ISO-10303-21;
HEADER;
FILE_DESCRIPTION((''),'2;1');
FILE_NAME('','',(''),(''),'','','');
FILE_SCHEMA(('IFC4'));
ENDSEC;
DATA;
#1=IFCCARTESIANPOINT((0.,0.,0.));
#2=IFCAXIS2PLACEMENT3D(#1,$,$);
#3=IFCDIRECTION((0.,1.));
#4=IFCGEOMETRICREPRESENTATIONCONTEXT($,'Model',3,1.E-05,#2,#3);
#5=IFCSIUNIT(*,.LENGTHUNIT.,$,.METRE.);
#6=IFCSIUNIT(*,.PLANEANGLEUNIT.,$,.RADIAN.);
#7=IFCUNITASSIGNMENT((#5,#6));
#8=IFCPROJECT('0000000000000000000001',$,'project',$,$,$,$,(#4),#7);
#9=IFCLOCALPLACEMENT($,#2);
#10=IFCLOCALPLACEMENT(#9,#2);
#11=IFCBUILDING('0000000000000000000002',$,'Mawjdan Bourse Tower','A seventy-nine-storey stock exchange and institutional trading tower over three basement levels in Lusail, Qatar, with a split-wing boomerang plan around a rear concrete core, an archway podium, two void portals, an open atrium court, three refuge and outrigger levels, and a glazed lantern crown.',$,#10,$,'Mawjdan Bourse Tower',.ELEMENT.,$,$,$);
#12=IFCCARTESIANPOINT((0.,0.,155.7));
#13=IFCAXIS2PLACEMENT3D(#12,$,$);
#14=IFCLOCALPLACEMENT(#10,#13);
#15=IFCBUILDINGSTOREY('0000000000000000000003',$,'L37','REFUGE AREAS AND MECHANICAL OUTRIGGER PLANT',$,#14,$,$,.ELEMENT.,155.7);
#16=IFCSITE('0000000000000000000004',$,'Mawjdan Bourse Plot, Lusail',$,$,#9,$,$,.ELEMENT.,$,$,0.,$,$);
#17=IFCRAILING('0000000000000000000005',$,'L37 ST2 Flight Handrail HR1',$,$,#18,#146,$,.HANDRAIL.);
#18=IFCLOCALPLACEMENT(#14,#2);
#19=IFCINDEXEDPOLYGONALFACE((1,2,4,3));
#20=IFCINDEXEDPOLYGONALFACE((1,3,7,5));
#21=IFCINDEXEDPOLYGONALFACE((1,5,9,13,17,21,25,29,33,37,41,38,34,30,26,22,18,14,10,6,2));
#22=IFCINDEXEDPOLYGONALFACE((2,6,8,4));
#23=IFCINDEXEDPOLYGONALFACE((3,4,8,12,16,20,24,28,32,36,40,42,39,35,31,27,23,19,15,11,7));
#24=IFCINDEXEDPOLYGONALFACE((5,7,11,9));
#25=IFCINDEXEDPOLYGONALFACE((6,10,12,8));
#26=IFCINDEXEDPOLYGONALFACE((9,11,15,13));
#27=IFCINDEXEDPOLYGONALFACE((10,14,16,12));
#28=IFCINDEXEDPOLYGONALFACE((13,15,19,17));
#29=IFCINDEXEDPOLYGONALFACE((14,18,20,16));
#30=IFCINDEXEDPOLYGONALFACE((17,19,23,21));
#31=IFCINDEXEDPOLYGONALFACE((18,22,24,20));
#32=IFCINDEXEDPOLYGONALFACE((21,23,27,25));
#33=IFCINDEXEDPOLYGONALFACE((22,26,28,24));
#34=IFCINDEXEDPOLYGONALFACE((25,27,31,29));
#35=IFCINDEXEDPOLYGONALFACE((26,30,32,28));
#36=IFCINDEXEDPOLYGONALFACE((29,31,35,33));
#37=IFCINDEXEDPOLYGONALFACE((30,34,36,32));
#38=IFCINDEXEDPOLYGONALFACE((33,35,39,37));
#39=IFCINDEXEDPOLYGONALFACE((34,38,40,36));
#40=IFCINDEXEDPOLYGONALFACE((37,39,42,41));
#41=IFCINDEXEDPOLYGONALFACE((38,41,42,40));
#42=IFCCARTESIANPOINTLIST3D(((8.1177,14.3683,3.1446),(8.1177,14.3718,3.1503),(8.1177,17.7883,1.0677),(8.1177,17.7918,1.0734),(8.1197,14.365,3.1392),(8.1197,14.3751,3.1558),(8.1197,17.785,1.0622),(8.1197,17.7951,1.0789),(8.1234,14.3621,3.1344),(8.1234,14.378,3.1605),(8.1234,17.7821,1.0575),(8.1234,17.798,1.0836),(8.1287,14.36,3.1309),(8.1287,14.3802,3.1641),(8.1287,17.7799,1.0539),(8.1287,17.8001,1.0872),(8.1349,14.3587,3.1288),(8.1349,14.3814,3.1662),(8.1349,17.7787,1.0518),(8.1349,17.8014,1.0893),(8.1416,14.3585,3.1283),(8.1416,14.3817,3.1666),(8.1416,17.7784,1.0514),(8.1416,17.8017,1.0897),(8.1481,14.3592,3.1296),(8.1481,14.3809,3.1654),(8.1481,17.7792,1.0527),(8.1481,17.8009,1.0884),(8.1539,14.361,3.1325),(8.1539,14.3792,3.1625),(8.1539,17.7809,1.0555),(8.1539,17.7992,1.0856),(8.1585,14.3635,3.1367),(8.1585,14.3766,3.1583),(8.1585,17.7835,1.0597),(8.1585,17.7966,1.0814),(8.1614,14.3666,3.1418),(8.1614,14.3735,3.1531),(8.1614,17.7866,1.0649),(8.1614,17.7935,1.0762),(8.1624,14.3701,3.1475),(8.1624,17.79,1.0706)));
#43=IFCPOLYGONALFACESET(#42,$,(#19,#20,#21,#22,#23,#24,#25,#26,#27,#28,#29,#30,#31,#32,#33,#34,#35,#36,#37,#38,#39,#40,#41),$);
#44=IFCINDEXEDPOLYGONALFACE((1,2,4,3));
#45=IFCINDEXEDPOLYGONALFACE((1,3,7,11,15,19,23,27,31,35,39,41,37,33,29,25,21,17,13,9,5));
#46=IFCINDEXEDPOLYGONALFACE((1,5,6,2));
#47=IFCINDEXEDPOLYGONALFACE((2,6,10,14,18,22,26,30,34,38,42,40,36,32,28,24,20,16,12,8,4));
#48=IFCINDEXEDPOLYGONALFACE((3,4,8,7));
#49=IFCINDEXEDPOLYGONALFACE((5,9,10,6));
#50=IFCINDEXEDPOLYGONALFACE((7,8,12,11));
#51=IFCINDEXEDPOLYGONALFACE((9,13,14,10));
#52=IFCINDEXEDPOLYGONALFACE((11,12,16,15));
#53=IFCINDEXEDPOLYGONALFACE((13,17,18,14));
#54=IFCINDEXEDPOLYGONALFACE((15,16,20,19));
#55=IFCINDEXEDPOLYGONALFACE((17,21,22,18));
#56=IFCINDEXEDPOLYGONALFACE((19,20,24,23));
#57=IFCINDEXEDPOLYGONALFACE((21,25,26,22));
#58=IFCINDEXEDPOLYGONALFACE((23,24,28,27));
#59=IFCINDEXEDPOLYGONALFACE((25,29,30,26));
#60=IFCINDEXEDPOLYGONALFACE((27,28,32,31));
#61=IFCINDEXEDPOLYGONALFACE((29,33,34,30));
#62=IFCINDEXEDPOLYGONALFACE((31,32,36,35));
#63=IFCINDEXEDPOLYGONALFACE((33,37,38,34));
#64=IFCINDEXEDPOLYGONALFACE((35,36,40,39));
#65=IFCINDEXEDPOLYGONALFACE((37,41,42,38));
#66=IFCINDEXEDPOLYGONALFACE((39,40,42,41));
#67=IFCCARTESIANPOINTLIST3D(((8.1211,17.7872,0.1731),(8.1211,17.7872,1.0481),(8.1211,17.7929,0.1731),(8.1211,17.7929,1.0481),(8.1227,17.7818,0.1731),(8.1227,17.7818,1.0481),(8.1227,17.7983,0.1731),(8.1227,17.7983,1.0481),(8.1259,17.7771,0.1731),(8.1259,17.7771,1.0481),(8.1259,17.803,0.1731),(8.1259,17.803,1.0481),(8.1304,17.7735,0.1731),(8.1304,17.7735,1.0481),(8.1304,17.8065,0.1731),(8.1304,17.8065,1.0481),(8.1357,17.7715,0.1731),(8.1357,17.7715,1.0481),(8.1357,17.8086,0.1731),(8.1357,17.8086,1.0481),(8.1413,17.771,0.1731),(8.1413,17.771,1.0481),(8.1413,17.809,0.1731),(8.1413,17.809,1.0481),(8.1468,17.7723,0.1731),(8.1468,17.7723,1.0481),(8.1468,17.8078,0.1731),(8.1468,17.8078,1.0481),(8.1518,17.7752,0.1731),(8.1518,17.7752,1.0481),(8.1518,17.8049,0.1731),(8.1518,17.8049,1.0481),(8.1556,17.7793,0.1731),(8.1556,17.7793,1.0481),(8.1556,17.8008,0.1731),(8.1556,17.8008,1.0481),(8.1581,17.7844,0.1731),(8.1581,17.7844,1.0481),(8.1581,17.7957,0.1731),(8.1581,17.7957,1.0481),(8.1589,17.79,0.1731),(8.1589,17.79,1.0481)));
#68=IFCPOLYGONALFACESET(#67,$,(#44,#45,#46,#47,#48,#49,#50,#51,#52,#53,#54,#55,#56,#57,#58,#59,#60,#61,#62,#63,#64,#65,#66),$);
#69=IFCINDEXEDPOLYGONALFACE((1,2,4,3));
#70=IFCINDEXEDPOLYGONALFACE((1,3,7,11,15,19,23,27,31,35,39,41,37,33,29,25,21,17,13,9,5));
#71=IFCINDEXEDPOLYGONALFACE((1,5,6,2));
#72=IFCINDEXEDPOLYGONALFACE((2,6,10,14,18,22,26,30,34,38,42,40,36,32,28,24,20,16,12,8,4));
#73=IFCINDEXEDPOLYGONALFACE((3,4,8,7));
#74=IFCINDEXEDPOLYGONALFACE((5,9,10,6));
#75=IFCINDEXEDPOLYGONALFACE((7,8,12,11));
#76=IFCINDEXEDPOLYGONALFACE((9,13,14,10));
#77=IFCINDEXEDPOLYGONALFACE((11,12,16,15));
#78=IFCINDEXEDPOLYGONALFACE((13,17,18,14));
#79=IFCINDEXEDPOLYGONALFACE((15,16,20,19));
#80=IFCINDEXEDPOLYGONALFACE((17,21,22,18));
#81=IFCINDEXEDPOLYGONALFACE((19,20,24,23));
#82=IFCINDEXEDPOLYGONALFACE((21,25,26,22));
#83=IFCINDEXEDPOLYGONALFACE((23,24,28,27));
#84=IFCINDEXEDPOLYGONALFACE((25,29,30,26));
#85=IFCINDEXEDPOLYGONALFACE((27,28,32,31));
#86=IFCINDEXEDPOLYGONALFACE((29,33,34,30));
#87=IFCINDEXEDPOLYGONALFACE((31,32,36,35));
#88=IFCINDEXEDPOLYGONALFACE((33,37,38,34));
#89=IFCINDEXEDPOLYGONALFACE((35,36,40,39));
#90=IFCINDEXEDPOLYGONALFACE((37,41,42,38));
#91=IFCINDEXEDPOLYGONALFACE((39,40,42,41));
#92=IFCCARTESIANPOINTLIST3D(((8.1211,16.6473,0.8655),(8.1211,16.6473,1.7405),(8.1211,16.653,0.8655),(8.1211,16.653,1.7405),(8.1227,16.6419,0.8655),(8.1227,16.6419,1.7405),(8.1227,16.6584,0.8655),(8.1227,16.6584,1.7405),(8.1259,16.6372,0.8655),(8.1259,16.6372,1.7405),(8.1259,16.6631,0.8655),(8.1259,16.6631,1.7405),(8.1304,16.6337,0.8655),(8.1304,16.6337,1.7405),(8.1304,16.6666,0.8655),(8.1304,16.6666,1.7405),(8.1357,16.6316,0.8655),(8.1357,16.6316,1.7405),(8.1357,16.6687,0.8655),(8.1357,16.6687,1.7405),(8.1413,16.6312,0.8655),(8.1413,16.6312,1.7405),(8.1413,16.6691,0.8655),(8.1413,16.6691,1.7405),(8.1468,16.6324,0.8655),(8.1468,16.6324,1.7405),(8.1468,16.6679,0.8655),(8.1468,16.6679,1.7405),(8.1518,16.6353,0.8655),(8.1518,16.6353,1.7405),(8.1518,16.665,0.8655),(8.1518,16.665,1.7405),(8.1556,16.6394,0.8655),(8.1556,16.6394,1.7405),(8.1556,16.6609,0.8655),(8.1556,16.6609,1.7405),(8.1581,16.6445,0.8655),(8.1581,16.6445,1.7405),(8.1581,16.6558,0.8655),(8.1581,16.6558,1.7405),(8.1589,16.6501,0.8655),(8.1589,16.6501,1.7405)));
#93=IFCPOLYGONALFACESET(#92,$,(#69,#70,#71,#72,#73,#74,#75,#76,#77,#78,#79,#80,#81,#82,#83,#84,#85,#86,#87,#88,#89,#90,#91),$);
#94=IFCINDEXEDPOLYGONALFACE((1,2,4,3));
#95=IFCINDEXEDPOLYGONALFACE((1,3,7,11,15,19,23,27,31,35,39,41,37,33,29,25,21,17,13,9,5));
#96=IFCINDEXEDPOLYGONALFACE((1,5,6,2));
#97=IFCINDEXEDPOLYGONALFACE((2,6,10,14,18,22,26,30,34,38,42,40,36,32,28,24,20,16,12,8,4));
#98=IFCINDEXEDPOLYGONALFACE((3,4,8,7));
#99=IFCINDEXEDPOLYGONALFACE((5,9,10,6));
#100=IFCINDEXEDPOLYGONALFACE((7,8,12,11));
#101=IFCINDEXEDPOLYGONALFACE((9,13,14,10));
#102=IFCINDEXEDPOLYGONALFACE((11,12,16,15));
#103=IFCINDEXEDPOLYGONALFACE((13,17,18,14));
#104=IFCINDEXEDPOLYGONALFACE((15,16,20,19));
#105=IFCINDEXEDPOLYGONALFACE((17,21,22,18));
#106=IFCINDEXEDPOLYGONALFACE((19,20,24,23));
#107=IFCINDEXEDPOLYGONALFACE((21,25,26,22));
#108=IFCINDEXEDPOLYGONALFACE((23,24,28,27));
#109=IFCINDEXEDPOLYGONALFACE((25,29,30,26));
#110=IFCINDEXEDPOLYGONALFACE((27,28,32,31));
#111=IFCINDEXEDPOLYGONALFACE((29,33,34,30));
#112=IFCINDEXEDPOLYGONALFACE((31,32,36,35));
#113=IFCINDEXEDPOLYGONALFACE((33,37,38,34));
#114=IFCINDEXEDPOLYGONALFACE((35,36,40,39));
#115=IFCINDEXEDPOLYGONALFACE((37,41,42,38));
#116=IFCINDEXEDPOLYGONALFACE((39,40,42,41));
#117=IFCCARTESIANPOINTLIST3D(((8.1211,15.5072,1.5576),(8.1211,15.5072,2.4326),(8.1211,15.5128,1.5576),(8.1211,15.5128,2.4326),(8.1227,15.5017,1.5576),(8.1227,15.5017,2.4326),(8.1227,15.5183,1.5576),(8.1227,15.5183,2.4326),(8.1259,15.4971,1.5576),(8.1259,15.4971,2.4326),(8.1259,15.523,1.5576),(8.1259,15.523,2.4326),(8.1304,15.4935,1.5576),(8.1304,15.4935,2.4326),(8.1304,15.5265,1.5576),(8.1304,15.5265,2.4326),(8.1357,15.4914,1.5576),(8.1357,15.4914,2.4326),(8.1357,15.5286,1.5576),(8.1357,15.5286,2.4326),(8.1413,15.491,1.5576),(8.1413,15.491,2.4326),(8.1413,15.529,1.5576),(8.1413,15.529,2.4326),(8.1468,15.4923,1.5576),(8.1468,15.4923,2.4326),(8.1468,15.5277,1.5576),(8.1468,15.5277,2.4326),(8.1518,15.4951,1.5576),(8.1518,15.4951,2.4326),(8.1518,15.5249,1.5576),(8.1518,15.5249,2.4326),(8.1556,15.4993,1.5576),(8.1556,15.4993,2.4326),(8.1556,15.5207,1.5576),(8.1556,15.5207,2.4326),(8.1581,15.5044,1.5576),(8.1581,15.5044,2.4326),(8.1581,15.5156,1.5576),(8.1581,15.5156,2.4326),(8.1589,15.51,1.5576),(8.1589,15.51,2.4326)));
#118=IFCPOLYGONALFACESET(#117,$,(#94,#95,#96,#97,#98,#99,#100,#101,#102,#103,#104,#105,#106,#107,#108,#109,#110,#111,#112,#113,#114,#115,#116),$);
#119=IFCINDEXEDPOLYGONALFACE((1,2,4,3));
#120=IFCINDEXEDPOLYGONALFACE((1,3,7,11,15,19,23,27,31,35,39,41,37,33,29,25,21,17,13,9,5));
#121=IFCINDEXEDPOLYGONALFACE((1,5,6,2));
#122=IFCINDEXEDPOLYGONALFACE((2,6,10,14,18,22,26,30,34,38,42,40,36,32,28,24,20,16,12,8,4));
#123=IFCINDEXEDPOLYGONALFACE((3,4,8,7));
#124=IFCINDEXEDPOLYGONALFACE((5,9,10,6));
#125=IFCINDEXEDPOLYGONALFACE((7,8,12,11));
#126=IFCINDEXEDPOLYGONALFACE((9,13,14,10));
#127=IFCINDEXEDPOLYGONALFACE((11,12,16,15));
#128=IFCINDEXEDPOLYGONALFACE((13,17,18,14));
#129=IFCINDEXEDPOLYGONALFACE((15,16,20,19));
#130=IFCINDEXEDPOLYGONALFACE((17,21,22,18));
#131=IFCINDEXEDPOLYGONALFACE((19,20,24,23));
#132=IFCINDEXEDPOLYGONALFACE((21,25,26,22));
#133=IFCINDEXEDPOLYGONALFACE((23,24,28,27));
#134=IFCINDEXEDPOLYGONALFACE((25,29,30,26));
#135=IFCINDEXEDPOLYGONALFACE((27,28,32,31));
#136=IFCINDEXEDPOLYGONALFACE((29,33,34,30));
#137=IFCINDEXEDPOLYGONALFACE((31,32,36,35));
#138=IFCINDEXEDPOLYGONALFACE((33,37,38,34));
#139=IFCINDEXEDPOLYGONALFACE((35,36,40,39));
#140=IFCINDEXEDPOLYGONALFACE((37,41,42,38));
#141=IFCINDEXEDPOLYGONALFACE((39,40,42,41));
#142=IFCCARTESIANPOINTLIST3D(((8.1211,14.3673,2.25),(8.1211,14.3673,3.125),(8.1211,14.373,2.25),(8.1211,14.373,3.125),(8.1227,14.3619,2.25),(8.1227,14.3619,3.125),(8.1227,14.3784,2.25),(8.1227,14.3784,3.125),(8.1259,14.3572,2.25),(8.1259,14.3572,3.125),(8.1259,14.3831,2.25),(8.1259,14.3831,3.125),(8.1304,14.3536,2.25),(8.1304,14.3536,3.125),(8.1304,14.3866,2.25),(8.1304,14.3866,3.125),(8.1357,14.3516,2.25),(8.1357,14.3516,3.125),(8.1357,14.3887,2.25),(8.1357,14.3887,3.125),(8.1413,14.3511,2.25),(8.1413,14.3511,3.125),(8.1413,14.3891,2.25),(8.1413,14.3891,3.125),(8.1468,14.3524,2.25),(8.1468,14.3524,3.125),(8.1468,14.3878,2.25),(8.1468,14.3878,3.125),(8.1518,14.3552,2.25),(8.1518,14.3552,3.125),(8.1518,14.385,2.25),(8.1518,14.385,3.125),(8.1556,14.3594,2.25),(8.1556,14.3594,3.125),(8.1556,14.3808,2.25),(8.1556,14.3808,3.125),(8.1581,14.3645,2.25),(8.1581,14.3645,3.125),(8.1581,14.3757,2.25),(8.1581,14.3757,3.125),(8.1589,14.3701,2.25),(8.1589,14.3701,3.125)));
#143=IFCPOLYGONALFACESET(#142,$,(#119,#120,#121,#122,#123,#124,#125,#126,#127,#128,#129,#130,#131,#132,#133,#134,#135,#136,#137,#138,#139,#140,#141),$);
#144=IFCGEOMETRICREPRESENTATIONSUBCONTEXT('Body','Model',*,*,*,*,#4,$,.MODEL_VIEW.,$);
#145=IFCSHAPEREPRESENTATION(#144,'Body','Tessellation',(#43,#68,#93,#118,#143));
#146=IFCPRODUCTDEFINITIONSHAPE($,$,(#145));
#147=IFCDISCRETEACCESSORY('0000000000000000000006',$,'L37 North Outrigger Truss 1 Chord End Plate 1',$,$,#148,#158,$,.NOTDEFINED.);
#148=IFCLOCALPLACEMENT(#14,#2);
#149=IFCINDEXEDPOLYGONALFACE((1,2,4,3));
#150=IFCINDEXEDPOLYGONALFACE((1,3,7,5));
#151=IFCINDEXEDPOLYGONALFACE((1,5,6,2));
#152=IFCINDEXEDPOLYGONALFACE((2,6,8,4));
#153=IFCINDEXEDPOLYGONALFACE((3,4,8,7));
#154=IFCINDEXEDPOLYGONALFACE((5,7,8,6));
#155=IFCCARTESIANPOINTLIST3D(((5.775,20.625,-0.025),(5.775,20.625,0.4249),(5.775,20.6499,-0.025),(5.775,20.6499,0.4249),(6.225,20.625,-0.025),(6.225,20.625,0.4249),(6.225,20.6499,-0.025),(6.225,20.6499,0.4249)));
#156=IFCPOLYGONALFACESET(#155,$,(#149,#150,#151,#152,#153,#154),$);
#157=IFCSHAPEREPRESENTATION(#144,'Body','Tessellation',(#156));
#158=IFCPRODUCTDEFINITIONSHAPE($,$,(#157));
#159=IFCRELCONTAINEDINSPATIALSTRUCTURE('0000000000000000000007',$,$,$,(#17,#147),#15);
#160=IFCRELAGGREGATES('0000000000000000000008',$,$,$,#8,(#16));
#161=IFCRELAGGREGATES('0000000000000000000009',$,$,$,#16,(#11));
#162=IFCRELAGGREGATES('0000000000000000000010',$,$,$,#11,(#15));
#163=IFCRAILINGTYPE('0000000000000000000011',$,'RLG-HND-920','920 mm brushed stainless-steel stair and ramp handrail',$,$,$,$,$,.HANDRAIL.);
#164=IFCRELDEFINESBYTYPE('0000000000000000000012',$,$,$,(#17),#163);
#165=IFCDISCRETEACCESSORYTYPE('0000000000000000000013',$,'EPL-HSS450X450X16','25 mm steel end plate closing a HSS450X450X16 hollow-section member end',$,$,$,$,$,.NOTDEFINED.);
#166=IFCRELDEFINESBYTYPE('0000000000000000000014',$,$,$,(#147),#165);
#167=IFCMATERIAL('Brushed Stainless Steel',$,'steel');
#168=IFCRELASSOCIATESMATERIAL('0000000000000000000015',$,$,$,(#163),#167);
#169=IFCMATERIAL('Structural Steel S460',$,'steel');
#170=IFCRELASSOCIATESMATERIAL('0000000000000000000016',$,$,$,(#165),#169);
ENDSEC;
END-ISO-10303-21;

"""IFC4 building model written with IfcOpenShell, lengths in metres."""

from ifc_helpers import new_model, si_unit, direction, frame, origin, origin_2d, place, context, subcontext, project, spatial, rectangle, circle, extrude, material, material_profile, profile_set, type_object, element, save


model = new_model("IFC4")

# Units and contexts
model_context = context("Model", 3, precision=1e-05, world=origin(), true_north=direction((0.0, 1.0)))
body_context = subcontext(model_context, "Body", "Model", "MODEL_VIEW")
ifc_project = project(units=[si_unit("LENGTHUNIT", "METRE"), si_unit("PLANEANGLEUNIT", "RADIAN")], contexts=[model_context])

# Site, building, storey
site_placement = place(None, origin())
site = spatial("IfcSite", under=ifc_project, at=site_placement, Name="Mawjdan Bourse Plot, Lusail", CompositionType="ELEMENT", RefElevation=0.0)
building_placement = place(site_placement, origin())
building = spatial("IfcBuilding", under=site, at=building_placement, Name="Mawjdan Bourse Tower", Description="A seventy-nine-storey stock exchange and institutional trading tower over three basement levels in Lusail, Qatar, with a split-wing boomerang plan around a rear concrete core, an archway podium, two void portals, an open atrium court, three refuge and outrigger levels, and a glazed lantern crown.", LongName="Mawjdan Bourse Tower", CompositionType="ELEMENT")
storey_placement = place(building_placement, frame((0.0, 0.0, 155.7)))
storey = spatial("IfcBuildingStorey", under=building, at=storey_placement, Name="L37", Description="REFUGE AREAS AND MECHANICAL OUTRIGGER PLANT", CompositionType="ELEMENT", Elevation=155.7)

# Shared definitions
ifc_material_1 = material(Name="Structural Steel S460", Category="steel")

# Railing
ifc_material_2 = material(Name="Brushed Stainless Steel", Category="steel")
railing_type_1 = type_object("IfcRailingType", Name="RLG-HND-920", Description="920 mm brushed stainless-steel stair and ramp handrail", PredefinedType="HANDRAIL", material=ifc_material_2)
railing_1_placement = place(storey_placement, frame((8.1399, 17.79, 0.1731)))
element("IfcRailing", 1, at=railing_1_placement, inside=storey, type_object=railing_type_1, Name="L37 ST2 Flight Handrail HR1", PredefinedType="HANDRAIL", context=body_context, shape_type="SweptSolid", body=[
    extrude(circle(Radius=0.0225, at=origin_2d()), frame((0.0, 0.0, 0.8975), z_axis=(0.0, -0.85473, 0.519074), x_axis=(1.0, 0.0, 0.0)), (0.0, 0.0, 1.0), 4.0012),
    extrude(circle(Radius=0.019, at=origin_2d()), origin(), (0.0, 0.0, 1.0), 0.875),
    extrude(circle(Radius=0.019, at=origin_2d()), frame((0.0, -1.1399, 0.6924)), (0.0, 0.0, 1.0), 0.875),
    extrude(circle(Radius=0.019, at=origin_2d()), frame((0.0, -2.28, 1.3845)), (0.0, 0.0, 1.0), 0.875),
    extrude(circle(Radius=0.019, at=origin_2d()), frame((0.0, -3.4199, 2.0769)), (0.0, 0.0, 1.0), 0.875),
])

# Discrete accessory
ifc_material_profile_1 = material_profile(ifc_material_1, rectangle(XDim=0.45, YDim=0.45, at=origin_2d()), Name="EPL-HSS450X450X16")
ifc_profile_set_1 = profile_set([ifc_material_profile_1], Name="Structural Steel S460")
discrete_accessory_type = type_object("IfcDiscreteAccessoryType", Name="EPL-HSS450X450X16", Description="25 mm steel end plate closing a HSS450X450X16 hollow-section member end", PredefinedType="NOTDEFINED", material=ifc_profile_set_1)
discrete_accessory_placement = place(storey_placement, frame((6.0, 20.6499, 0.2), z_axis=(0.0, -1.0, 0.0), x_axis=(1.0, 0.0, 0.0)))
element("IfcDiscreteAccessory", 2, at=discrete_accessory_placement, inside=storey, type_object=discrete_accessory_type, Name="L37 North Outrigger Truss 1 Chord End Plate 1", PredefinedType="NOTDEFINED", context=body_context, shape_type="SweptSolid", body=[
    extrude(rectangle(XDim=0.45, YDim=0.45, at=origin_2d()), origin(), (0.0, 0.0, 1.0), 0.0249),
])

save(model, "model.ifc")
